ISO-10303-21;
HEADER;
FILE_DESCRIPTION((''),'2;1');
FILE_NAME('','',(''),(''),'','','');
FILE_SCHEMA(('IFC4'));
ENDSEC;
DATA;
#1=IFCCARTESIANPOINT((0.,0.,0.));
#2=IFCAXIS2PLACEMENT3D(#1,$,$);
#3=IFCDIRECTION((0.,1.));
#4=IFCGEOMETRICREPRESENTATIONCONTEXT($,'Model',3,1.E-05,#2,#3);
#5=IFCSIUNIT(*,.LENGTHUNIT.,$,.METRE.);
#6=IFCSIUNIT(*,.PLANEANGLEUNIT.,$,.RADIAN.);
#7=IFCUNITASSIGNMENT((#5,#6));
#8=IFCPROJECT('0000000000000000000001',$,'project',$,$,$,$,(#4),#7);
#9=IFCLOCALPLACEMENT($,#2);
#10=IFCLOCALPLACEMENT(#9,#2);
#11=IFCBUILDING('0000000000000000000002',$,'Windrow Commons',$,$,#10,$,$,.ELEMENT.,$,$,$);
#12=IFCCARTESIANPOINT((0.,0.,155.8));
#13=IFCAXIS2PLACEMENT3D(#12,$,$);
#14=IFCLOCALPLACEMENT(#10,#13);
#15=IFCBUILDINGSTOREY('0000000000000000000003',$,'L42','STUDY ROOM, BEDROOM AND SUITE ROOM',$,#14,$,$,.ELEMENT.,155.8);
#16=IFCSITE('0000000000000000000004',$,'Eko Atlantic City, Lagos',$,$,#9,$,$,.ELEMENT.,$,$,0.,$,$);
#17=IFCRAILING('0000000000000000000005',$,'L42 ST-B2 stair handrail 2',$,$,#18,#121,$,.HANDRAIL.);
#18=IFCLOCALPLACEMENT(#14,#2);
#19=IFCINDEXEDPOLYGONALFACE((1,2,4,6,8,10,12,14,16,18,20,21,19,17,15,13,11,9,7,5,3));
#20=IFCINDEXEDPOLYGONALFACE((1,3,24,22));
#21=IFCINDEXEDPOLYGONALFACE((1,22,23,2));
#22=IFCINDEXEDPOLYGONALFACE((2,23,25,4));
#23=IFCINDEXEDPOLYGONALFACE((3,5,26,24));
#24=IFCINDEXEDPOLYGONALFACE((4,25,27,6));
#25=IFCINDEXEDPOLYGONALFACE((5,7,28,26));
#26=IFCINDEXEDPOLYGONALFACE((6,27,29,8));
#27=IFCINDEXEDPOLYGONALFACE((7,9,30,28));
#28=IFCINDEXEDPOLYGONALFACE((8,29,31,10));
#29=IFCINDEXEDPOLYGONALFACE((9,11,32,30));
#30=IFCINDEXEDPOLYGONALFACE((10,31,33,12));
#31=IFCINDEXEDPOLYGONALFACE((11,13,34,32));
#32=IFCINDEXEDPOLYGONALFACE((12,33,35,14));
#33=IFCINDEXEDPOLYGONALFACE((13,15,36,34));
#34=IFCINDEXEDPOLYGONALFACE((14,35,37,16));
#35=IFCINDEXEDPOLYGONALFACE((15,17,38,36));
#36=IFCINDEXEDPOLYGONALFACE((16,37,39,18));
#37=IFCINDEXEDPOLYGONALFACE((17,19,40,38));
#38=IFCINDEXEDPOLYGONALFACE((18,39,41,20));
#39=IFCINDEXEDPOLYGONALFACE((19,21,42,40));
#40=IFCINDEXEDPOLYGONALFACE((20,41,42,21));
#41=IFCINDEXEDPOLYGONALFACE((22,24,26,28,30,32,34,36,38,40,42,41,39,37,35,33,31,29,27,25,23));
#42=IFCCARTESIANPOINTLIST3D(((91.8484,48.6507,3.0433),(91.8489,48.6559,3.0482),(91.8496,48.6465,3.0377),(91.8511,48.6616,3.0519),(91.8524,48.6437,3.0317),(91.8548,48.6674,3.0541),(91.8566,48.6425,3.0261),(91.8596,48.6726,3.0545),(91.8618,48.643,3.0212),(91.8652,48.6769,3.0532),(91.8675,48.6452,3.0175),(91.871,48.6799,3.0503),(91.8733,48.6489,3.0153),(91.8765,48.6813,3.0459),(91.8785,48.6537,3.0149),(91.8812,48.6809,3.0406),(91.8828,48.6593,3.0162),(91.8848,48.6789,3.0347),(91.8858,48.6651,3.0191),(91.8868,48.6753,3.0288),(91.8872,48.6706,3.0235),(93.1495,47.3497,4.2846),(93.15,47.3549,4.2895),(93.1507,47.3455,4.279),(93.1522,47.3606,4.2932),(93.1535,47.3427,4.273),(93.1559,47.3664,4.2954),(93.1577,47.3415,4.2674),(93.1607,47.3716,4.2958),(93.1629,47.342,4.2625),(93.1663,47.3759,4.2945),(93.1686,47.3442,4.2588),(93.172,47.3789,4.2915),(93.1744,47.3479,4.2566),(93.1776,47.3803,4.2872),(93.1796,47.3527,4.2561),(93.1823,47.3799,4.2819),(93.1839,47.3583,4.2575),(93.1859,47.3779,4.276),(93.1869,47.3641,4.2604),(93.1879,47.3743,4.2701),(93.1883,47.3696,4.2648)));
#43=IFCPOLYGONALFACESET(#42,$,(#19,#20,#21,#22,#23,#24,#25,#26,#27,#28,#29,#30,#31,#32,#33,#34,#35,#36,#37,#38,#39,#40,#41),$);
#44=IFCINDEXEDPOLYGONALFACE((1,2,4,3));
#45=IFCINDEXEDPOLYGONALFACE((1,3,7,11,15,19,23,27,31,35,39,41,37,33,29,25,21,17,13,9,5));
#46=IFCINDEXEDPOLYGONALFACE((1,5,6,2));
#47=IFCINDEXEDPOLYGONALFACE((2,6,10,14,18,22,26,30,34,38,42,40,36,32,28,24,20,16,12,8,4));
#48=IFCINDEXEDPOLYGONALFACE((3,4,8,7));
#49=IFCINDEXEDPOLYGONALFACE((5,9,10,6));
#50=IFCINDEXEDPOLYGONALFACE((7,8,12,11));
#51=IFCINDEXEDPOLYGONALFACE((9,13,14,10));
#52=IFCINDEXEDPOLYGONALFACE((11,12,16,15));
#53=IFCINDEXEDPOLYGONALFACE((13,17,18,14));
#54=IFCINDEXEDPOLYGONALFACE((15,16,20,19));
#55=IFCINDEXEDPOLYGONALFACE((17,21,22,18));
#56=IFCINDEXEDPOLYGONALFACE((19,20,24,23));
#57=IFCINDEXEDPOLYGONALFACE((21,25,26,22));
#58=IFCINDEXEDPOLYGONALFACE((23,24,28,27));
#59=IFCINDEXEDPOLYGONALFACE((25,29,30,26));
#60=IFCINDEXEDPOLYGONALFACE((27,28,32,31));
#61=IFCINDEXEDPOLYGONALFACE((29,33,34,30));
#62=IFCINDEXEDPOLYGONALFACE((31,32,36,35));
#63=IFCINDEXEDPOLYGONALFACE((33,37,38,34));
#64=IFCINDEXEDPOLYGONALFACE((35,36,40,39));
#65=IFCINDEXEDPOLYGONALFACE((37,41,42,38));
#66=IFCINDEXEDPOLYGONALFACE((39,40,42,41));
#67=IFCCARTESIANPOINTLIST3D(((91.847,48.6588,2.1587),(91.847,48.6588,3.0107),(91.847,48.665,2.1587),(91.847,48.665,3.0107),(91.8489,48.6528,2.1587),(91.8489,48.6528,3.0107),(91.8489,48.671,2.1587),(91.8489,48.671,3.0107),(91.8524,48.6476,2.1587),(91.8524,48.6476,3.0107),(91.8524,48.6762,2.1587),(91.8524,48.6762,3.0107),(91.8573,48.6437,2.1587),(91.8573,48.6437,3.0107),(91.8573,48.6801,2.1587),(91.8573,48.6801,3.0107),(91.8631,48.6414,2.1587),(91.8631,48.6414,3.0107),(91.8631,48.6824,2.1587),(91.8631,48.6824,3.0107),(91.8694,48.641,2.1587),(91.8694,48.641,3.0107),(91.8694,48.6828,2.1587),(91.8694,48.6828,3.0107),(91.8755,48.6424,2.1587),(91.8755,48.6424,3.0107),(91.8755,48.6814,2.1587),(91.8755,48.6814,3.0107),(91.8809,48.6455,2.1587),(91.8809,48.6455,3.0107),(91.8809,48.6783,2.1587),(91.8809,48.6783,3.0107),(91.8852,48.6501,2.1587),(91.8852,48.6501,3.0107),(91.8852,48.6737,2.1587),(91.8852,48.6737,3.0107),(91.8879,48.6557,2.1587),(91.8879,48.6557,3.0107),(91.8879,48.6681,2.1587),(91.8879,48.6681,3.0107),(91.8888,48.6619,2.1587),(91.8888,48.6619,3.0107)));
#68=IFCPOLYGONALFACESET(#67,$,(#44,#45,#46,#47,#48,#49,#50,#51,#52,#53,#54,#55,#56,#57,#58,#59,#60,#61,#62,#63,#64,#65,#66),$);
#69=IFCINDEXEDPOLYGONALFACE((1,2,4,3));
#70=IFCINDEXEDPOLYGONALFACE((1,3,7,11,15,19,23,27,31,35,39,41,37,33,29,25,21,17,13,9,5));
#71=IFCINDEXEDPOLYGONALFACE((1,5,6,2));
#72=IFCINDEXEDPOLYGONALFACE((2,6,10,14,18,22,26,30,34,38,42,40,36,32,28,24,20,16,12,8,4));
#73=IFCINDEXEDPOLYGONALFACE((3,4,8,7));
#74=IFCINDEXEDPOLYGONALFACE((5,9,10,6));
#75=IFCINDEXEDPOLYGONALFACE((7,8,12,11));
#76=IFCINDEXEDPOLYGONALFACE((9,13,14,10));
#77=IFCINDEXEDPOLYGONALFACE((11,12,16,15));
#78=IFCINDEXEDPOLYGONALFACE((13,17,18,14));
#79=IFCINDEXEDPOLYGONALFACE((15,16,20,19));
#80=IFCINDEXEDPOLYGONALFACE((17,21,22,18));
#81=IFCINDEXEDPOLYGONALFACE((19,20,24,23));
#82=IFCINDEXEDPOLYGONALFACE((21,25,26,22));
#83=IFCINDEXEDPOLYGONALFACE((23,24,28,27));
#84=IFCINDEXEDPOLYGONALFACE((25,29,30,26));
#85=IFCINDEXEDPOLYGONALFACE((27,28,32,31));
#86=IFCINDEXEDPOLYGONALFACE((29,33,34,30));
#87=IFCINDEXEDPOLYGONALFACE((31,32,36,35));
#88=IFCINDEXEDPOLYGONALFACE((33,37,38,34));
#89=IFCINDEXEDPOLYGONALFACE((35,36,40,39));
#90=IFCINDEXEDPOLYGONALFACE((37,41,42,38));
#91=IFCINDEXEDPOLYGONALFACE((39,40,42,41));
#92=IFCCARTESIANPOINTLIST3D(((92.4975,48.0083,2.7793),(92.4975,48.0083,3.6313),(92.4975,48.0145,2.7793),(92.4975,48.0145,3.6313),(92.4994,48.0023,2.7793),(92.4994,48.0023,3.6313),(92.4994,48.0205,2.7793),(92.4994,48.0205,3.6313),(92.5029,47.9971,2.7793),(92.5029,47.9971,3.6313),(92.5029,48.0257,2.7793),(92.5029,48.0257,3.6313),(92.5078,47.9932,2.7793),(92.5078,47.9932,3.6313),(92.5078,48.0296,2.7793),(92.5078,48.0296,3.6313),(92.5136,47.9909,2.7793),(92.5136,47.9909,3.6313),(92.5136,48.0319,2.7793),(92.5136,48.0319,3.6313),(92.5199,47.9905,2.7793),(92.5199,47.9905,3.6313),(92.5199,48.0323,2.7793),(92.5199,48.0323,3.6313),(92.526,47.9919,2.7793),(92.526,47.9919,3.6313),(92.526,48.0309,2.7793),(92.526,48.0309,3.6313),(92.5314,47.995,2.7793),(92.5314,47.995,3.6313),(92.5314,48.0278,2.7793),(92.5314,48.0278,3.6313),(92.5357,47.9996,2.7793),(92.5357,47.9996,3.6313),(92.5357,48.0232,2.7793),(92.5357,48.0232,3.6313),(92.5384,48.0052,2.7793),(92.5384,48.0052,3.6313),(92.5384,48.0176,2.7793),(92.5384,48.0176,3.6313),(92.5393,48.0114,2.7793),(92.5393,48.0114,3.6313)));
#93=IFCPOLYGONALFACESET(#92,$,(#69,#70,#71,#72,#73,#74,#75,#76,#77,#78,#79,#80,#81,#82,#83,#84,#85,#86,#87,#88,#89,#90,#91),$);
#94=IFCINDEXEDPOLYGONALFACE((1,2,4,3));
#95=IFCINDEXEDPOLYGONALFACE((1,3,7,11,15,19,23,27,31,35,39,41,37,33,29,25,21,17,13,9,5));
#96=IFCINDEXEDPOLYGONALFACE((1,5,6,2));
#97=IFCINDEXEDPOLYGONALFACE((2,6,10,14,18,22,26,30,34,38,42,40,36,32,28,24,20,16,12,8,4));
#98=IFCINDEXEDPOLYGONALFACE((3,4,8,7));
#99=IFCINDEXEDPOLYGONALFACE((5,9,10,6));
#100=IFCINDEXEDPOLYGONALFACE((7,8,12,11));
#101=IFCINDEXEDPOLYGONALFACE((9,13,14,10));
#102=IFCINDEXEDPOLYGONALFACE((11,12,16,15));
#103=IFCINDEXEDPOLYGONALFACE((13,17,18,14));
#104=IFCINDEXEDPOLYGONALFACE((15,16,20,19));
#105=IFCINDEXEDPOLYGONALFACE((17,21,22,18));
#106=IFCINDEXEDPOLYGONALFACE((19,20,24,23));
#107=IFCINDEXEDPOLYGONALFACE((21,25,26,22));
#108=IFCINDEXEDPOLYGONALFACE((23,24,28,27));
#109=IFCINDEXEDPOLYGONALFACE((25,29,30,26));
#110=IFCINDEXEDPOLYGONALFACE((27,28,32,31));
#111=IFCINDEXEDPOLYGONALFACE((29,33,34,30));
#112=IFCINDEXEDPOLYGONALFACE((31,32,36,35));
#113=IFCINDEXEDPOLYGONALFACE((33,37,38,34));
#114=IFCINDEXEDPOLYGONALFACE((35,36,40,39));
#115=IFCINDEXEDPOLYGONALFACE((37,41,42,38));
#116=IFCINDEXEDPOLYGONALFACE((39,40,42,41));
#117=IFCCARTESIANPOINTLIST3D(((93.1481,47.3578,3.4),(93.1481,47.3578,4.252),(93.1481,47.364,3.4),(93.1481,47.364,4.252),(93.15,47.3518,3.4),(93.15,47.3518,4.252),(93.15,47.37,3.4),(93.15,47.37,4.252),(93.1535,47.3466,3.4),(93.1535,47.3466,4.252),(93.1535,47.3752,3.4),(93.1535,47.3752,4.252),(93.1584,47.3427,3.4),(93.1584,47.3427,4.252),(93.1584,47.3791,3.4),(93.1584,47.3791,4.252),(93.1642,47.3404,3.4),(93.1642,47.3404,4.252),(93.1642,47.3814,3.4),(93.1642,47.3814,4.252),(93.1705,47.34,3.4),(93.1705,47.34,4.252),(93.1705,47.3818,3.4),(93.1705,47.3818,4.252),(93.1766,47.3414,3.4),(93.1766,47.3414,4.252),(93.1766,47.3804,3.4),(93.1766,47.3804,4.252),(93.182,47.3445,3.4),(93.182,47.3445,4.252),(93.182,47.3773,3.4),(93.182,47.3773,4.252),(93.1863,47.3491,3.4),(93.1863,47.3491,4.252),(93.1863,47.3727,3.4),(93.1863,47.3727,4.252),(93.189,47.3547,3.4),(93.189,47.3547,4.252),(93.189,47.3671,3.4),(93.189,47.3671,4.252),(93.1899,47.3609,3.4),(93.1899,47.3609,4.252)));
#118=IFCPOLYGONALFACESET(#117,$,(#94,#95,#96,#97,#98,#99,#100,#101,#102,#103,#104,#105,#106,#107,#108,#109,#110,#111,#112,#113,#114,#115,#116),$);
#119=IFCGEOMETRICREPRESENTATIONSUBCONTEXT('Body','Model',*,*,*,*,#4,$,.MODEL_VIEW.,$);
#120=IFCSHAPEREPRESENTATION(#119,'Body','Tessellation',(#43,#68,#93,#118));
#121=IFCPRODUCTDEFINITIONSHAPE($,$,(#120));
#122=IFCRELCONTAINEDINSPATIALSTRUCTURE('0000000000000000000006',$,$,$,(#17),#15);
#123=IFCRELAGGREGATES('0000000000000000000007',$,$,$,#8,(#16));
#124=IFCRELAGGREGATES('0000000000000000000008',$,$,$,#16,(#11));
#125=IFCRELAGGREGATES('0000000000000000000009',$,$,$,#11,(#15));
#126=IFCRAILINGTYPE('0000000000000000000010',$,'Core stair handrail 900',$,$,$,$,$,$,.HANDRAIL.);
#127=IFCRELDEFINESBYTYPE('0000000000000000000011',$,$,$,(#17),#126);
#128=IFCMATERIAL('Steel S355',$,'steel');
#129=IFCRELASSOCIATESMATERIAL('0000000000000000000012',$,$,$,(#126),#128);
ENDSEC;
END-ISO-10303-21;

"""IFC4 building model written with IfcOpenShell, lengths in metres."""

from ifc_helpers import new_model, si_unit, direction, frame, origin, origin_2d, place, context, subcontext, project, spatial, circle, extrude, material, type_object, element, save


model = new_model("IFC4")

# Units and contexts
model_context = context("Model", 3, precision=1e-05, world=origin(), true_north=direction((0.0, 1.0)))
body_context = subcontext(model_context, "Body", "Model", "MODEL_VIEW")
ifc_project = project(units=[si_unit("LENGTHUNIT", "METRE"), si_unit("PLANEANGLEUNIT", "RADIAN")], contexts=[model_context])

# Site, building, storey
site_placement = place(None, origin())
site = spatial("IfcSite", under=ifc_project, at=site_placement, Name="Eko Atlantic City, Lagos", CompositionType="ELEMENT", RefElevation=0.0)
building_placement = place(site_placement, origin())
building = spatial("IfcBuilding", under=site, at=building_placement, Name="Windrow Commons", CompositionType="ELEMENT")
storey_placement = place(building_placement, frame((0.0, 0.0, 155.8)))
storey = spatial("IfcBuildingStorey", under=building, at=storey_placement, Name="L42", Description="STUDY ROOM, BEDROOM AND SUITE ROOM", CompositionType="ELEMENT", Elevation=155.8)

# Railing
ifc_material_1 = material(Name="Steel S355", Category="steel")
railing_type_1 = type_object("IfcRailingType", Name="Core stair handrail 900", PredefinedType="HANDRAIL", material=ifc_material_1)
railing_1_placement = place(storey_placement, frame((91.8678, 48.6619, 2.1587)))
element("IfcRailing", 1, at=railing_1_placement, inside=storey, type_object=railing_type_1, Name="L42 ST-B2 stair handrail 2", PredefinedType="HANDRAIL", context=body_context, shape_type="SweptSolid", body=[
    extrude(circle(Radius=0.024, at=origin_2d()), frame((0.0, 0.0, 0.876), z_axis=(0.586207, -0.586162, 0.559264), x_axis=(0.70708, 0.707134, 0.0)), (0.0, 0.0, 1.0), 2.2195),
    extrude(circle(Radius=0.021, at=origin_2d()), origin(), (0.0, 0.0, 1.0), 0.852),
    extrude(circle(Radius=0.021, at=origin_2d()), frame((0.6505, -0.6505, 0.6206)), (0.0, 0.0, 1.0), 0.852),
    extrude(circle(Radius=0.021, at=origin_2d()), frame((1.3011, -1.301, 1.2413)), (0.0, 0.0, 1.0), 0.852),
])

save(model, "model.ifc")
